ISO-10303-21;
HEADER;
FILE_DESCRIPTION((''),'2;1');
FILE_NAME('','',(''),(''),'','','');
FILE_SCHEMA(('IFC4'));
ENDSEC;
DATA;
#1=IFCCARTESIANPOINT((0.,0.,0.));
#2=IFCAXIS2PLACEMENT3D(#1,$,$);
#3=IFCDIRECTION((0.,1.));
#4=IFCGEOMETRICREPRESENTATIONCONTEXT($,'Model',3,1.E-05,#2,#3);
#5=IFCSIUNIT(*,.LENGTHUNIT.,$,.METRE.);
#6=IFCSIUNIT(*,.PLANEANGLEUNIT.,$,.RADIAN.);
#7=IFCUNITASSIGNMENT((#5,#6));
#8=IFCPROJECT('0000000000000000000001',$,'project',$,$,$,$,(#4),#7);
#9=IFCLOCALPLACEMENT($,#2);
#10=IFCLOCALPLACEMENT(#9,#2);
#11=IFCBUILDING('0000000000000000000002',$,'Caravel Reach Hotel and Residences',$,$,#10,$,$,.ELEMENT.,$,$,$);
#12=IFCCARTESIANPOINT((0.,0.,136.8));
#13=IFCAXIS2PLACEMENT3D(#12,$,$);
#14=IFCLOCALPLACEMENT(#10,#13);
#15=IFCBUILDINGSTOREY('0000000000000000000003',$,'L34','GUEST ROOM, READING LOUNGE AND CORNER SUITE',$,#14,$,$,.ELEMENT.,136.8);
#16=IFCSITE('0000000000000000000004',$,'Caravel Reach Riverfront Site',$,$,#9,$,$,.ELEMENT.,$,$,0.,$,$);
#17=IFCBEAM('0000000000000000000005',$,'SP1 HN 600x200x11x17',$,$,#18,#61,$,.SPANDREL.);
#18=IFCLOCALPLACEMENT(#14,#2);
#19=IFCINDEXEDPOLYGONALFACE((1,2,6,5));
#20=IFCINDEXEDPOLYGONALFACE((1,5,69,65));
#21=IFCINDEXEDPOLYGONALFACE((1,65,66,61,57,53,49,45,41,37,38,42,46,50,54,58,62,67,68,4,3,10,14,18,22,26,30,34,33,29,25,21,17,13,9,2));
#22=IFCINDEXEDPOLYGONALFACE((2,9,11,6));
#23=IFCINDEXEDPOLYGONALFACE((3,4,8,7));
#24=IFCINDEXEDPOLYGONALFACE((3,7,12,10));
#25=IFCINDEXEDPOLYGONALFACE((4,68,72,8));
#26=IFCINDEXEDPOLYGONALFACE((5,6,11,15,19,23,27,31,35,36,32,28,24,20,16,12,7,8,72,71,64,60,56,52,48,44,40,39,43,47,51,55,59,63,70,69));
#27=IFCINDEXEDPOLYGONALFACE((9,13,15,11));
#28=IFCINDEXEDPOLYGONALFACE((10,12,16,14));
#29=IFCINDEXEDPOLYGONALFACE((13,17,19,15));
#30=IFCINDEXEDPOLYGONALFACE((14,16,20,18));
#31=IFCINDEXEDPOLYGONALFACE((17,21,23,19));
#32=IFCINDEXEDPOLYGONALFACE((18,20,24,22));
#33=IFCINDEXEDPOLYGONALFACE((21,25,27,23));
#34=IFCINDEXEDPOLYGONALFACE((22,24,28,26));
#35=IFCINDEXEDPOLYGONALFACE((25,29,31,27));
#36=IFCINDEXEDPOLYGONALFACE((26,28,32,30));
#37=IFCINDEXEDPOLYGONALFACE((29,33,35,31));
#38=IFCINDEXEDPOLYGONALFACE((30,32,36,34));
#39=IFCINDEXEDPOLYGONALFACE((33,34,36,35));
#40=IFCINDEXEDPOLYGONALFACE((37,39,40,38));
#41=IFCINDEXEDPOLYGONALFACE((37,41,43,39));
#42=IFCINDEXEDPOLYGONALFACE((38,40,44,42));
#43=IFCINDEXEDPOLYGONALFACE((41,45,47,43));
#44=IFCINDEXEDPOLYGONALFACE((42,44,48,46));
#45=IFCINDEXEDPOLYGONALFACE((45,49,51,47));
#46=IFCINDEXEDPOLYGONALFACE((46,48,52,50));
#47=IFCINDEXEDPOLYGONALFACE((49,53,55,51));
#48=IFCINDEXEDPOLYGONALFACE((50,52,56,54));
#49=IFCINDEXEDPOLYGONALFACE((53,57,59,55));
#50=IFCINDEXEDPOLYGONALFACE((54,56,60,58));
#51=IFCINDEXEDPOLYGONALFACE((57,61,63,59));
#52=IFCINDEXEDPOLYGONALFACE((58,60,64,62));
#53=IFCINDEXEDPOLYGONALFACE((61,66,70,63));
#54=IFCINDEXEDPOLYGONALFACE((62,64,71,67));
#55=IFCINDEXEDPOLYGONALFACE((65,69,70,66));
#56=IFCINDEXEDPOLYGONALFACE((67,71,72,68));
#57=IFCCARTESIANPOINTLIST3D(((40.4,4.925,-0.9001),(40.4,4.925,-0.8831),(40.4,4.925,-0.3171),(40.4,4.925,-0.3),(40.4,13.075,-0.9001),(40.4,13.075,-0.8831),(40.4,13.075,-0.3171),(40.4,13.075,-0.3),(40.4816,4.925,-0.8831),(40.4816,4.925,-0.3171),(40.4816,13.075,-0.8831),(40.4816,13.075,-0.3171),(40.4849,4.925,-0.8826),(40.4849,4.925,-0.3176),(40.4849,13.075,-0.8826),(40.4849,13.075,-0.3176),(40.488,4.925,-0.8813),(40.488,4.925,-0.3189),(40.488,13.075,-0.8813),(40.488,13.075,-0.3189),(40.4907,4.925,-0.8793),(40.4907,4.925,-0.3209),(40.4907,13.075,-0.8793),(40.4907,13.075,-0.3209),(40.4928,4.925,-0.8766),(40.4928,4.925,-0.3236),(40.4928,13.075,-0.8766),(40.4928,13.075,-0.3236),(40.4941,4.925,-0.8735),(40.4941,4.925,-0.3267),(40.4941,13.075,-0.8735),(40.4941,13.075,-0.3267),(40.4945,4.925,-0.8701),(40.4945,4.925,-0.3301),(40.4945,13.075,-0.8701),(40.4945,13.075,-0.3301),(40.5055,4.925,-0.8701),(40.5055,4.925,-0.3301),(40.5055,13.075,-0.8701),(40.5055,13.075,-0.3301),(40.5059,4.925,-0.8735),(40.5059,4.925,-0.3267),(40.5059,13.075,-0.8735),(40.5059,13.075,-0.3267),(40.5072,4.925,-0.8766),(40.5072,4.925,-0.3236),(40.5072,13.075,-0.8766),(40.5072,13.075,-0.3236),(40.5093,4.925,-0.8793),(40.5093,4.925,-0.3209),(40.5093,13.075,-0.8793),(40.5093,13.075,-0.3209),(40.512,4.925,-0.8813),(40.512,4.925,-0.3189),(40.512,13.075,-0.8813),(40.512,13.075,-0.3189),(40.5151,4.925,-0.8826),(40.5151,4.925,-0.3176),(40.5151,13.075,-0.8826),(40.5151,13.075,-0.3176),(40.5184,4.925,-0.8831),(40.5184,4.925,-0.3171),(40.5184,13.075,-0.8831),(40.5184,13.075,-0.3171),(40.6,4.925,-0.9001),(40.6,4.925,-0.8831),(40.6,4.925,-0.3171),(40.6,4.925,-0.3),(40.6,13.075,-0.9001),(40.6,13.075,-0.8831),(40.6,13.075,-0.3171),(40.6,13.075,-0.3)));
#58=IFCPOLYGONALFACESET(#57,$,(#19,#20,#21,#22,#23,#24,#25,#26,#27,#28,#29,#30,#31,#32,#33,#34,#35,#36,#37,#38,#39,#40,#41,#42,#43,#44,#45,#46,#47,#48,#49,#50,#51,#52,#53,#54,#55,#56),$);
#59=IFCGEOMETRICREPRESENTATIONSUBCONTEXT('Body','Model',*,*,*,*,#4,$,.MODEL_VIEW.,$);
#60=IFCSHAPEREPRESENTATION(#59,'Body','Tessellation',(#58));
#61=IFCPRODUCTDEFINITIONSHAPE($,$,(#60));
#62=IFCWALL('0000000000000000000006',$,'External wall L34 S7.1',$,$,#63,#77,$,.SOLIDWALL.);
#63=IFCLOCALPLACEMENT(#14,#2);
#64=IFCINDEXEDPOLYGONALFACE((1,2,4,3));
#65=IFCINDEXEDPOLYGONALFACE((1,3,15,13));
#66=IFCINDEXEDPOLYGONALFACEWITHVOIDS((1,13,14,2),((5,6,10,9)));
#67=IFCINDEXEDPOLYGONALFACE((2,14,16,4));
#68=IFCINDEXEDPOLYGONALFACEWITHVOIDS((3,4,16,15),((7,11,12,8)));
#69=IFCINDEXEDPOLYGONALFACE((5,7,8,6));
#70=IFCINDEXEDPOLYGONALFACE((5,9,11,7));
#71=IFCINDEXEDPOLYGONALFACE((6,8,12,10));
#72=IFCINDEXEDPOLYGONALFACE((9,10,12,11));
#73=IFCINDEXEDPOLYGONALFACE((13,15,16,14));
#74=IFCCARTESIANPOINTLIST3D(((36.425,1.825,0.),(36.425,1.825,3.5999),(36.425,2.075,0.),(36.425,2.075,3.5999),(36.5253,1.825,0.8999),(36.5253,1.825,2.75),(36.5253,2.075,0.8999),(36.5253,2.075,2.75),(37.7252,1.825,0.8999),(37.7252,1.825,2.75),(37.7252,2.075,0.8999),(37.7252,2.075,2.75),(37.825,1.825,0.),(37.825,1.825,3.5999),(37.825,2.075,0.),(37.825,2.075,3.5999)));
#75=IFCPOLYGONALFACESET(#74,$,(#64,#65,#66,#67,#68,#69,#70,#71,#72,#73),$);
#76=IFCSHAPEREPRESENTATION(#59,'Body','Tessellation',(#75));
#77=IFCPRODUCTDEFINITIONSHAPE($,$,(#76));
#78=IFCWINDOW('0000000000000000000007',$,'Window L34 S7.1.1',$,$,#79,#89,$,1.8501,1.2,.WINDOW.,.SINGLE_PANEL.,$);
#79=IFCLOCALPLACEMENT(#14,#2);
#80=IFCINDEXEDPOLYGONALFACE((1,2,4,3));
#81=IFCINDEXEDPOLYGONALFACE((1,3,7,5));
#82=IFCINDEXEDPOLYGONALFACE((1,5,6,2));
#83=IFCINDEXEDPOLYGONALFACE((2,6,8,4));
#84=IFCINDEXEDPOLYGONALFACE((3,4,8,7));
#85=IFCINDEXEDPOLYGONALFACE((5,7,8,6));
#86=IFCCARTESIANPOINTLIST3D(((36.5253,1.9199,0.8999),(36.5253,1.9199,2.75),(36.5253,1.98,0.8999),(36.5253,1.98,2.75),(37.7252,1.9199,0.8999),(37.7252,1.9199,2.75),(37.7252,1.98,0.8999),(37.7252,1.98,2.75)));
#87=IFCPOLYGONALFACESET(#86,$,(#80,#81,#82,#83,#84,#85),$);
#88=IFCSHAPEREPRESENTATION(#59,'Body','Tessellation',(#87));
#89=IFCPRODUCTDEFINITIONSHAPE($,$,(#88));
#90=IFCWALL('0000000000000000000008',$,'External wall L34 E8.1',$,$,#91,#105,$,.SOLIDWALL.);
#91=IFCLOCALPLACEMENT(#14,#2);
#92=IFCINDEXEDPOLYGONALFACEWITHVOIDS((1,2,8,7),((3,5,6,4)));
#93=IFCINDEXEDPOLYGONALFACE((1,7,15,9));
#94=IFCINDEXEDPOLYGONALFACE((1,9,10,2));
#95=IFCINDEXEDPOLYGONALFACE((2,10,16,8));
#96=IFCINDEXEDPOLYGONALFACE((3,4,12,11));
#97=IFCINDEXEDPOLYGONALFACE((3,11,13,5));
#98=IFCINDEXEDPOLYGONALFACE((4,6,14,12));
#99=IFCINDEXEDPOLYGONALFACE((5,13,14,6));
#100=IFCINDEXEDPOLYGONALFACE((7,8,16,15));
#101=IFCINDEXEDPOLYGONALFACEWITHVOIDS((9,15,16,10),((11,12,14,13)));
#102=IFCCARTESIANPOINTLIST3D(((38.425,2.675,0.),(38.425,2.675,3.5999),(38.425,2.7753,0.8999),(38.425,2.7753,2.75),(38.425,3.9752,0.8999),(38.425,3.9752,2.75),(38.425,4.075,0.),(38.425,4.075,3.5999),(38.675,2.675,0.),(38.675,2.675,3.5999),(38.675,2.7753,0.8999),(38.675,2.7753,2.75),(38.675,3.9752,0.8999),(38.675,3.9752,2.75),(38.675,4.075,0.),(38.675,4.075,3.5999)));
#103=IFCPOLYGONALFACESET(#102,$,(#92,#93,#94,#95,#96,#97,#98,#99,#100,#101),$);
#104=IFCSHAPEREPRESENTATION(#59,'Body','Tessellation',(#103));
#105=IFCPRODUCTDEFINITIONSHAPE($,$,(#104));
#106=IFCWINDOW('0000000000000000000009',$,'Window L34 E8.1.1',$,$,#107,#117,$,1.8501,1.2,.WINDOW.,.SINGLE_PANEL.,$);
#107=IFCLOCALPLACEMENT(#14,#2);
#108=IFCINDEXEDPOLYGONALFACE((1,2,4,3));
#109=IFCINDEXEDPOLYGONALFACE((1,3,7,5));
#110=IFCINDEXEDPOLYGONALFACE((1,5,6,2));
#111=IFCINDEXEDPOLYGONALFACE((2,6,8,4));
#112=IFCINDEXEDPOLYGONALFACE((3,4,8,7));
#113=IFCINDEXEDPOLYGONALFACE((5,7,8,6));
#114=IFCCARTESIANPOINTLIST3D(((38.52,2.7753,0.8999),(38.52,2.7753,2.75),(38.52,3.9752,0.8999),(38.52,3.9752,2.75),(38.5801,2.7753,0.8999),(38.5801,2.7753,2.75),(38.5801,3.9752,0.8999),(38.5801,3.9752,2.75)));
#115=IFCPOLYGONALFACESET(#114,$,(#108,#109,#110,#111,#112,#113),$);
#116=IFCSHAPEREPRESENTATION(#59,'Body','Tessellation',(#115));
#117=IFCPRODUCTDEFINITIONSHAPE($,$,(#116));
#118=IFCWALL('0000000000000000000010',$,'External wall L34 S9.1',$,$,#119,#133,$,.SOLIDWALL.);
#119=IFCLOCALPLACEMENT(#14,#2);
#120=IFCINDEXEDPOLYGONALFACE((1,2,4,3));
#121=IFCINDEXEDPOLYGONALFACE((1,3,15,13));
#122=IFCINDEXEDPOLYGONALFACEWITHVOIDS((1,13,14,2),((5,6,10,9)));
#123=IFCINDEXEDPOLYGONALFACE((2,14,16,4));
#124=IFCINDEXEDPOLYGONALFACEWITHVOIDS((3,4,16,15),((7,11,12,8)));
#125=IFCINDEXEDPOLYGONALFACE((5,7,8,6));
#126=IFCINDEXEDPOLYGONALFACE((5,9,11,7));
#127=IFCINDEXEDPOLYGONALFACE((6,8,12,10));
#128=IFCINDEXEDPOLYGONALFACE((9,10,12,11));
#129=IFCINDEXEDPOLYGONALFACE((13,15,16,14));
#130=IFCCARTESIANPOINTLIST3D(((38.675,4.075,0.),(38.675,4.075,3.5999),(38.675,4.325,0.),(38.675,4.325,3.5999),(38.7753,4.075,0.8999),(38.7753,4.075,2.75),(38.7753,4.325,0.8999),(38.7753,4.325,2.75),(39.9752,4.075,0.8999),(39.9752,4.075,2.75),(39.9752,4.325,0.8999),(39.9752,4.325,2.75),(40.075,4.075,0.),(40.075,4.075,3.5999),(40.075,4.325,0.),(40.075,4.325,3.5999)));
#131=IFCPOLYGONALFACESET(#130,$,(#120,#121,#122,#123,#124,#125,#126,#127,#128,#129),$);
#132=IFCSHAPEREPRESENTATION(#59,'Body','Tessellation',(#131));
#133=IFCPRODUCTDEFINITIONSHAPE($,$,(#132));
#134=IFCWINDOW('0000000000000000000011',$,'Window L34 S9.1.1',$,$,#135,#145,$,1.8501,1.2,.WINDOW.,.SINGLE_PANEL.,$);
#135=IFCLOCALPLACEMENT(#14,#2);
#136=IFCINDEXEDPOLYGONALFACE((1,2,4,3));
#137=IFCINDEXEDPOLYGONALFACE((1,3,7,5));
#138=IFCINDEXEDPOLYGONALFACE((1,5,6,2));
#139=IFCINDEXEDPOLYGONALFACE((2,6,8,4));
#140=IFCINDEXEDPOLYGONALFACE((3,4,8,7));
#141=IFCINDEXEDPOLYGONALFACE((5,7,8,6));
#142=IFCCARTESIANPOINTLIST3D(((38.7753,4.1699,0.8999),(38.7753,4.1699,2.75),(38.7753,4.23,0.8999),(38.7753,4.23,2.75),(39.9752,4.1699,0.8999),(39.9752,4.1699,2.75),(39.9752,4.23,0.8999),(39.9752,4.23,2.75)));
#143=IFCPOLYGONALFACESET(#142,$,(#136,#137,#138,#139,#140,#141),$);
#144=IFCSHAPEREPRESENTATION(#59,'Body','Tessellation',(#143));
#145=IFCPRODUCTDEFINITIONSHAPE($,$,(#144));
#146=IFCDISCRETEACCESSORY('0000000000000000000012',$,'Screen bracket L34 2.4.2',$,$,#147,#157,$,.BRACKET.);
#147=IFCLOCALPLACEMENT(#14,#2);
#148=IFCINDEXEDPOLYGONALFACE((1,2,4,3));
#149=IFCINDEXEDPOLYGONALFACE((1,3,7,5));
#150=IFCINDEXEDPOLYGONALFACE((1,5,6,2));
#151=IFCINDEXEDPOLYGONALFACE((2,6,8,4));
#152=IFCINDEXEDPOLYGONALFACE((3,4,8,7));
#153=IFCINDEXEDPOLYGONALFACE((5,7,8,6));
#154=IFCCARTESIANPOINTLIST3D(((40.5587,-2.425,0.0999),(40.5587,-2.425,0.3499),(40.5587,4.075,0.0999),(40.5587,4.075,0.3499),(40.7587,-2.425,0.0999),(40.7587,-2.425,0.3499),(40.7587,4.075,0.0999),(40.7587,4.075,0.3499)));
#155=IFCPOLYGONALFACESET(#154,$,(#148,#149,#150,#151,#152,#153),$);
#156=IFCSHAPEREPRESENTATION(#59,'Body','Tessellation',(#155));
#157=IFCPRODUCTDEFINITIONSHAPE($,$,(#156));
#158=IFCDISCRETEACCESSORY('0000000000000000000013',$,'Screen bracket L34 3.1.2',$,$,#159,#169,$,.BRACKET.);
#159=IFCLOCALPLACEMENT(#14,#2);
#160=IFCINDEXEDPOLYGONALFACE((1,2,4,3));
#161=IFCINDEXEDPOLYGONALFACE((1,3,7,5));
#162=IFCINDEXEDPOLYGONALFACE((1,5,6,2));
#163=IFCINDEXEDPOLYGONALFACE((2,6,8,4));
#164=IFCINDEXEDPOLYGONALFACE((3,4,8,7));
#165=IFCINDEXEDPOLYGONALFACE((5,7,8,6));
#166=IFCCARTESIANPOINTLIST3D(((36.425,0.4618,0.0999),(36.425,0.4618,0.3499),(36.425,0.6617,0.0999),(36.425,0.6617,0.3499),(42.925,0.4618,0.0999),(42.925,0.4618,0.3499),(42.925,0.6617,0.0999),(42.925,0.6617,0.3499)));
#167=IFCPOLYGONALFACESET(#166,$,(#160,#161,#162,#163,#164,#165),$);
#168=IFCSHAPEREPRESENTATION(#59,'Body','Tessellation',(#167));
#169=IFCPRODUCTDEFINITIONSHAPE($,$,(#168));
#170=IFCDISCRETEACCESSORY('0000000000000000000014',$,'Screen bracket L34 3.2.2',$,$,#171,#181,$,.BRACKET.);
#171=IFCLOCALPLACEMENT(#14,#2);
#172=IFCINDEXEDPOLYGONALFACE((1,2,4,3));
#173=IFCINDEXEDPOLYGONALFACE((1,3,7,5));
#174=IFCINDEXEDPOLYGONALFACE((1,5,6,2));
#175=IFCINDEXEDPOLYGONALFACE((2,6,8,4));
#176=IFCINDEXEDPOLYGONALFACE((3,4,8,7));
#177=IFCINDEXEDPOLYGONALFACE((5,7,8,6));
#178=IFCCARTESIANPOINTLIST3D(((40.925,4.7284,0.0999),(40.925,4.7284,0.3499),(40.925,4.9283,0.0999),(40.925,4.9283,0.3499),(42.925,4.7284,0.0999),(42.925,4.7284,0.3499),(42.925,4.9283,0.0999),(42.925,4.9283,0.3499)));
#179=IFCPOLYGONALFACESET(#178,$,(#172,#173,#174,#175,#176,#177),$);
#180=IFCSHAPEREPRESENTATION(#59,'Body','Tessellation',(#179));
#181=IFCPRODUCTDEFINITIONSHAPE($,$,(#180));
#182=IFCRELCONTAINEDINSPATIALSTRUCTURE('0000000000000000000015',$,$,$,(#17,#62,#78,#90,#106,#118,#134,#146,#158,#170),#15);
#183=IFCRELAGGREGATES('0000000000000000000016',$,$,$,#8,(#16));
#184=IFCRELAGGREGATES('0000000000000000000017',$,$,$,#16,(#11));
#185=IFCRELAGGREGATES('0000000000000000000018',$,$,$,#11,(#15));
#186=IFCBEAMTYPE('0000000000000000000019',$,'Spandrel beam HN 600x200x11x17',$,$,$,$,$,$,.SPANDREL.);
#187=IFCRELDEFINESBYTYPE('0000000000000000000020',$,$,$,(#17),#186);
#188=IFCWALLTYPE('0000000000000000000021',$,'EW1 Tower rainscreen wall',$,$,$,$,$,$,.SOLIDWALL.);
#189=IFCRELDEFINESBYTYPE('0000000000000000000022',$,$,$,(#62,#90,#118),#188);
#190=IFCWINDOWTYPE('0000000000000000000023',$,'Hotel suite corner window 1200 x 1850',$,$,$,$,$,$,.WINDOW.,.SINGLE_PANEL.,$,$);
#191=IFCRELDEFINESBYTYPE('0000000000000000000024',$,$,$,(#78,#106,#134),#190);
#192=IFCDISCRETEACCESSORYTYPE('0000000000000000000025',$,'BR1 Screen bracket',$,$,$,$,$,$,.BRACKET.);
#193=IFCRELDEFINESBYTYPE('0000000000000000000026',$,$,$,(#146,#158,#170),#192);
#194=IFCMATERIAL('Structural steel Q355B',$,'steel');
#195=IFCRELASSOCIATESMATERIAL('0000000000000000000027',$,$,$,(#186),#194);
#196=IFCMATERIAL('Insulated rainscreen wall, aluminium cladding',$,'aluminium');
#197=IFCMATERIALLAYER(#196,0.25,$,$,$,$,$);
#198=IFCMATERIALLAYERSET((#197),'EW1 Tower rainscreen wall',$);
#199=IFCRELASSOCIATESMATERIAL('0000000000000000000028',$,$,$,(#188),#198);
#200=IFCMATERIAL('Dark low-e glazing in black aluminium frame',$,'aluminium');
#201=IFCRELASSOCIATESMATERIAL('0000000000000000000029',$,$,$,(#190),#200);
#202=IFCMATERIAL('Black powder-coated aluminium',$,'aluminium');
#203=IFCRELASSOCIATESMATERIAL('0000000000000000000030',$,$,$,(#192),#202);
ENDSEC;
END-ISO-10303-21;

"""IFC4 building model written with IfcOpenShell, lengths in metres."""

from ifc_helpers import new_model, si_unit, direction, frame, frame_2d, origin, origin_2d, place, context, subcontext, project, spatial, rectangle, i_section, extrude, material, layer, layer_set, material_profile, profile_set, type_object, element, fill, save


model = new_model("IFC4")

# Units and contexts
model_context = context("Model", 3, precision=1e-05, world=origin(), true_north=direction((0.0, 1.0)))
body_context = subcontext(model_context, "Body", "Model", "MODEL_VIEW")
ifc_project = project(units=[si_unit("LENGTHUNIT", "METRE"), si_unit("PLANEANGLEUNIT", "RADIAN")], contexts=[model_context])

# Site, building, storey
site_placement = place(None, origin())
site = spatial("IfcSite", under=ifc_project, at=site_placement, Name="Caravel Reach Riverfront Site", CompositionType="ELEMENT", RefElevation=0.0)
building_placement = place(site_placement, origin())
building = spatial("IfcBuilding", under=site, at=building_placement, Name="Caravel Reach Hotel and Residences", CompositionType="ELEMENT")
storey_placement = place(building_placement, frame((0.0, 0.0, 136.8)))
storey = spatial("IfcBuildingStorey", under=building, at=storey_placement, Name="L34", Description="GUEST ROOM, READING LOUNGE AND CORNER SUITE", CompositionType="ELEMENT", Elevation=136.8)

# Beam
ifc_material_1 = material(Name="Structural steel Q355B", Category="steel")
ifc_material_profile_1 = material_profile(ifc_material_1, i_section(OverallWidth=0.2, OverallDepth=0.6001, WebThickness=0.011, FlangeThickness=0.0171, FilletRadius=0.0129, at=origin_2d()), Name="HN 600x200x11x17")
ifc_profile_set_1 = profile_set([ifc_material_profile_1], Name="Structural steel Q355B")
beam_type = type_object("IfcBeamType", Name="Spandrel beam HN 600x200x11x17", PredefinedType="SPANDREL", material=ifc_profile_set_1)
beam_placement = place(storey_placement, frame((40.5, 4.925, -0.6001), z_axis=(0.0, 1.0, 0.0), x_axis=(-1.0, 0.0, 0.0)))
element("IfcBeam", 1, at=beam_placement, inside=storey, type_object=beam_type, Name="SP1 HN 600x200x11x17", PredefinedType="SPANDREL", context=body_context, shape_type="SweptSolid", body=[
    extrude(i_section(OverallWidth=0.2, OverallDepth=0.6001, WebThickness=0.011, FlangeThickness=0.0171, FilletRadius=0.0129, at=origin_2d()), origin(), (0.0, 0.0, 1.0), 8.1499),
])

# Walls, openings, windows
ifc_material_2 = material(Name="Insulated rainscreen wall, aluminium cladding", Category="aluminium")
ifc_layer = layer(ifc_material_2, 0.25)
ifc_layer_set = layer_set([ifc_layer], Name="EW1 Tower rainscreen wall")
wall_type = type_object("IfcWallType", Name="EW1 Tower rainscreen wall", PredefinedType="SOLIDWALL", material=ifc_layer_set)
wall_1_placement = place(storey_placement, frame((36.425, 1.95, 0.0), z_axis=(0.0, 0.0, 1.0), x_axis=(1.0, 0.0, 0.0)))
wall_1 = element("IfcWall", 2, at=wall_1_placement, inside=storey, type_object=wall_type, Name="External wall L34 S7.1", PredefinedType="SOLIDWALL", context=body_context, shape_type="SweptSolid", body=[
    extrude(rectangle(XDim=1.3999, YDim=0.25, at=frame_2d((0.7, 0.0))), origin(), (0.0, 0.0, 1.0), 3.5999),
])
opening_1_placement = place(wall_1_placement, frame((0.1001, 0.0, 0.8999)))
opening_1 = element("IfcOpeningElement", 3, at=opening_1_placement, cuts=wall_1, PredefinedType="OPENING", context=body_context, shape_type="SweptSolid", body=[
    extrude(rectangle(XDim=1.2, YDim=1.8501, at=frame_2d((0.6001, 0.925))), frame((0.0, 0.135, 0.0), z_axis=(0.0, -1.0, 0.0), x_axis=(1.0, 0.0, 0.0)), (0.0, 0.0, 1.0), 0.27),
])
ifc_material_3 = material(Name="Dark low-e glazing in black aluminium frame", Category="aluminium")
window_type = type_object("IfcWindowType", Name="Hotel suite corner window 1200 x 1850", PartitioningType="SINGLE_PANEL", PredefinedType="WINDOW", material=ifc_material_3)
window_1_placement = place(opening_1_placement, origin())
window_1 = element("IfcWindow", 4, at=window_1_placement, inside=storey, type_object=window_type, Name="Window L34 S7.1.1", OverallHeight=1.8501, OverallWidth=1.2, PartitioningType="SINGLE_PANEL", PredefinedType="WINDOW", context=body_context, shape_type="SweptSolid", body=[
    extrude(rectangle(XDim=1.2, YDim=1.8501, at=frame_2d((0.6001, 0.925))), frame((0.0, 0.03, 0.0), z_axis=(0.0, -1.0, 0.0), x_axis=(1.0, 0.0, 0.0)), (0.0, 0.0, 1.0), 0.0601),
])
fill(opening_1, window_1)
wall_2_placement = place(storey_placement, frame((38.55, 2.675, 0.0), z_axis=(0.0, 0.0, 1.0), x_axis=(0.0, 1.0, 0.0)))
wall_2 = element("IfcWall", 5, at=wall_2_placement, inside=storey, type_object=wall_type, Name="External wall L34 E8.1", PredefinedType="SOLIDWALL", context=body_context, shape_type="SweptSolid", body=[
    extrude(rectangle(XDim=1.3999, YDim=0.25, at=frame_2d((0.7, 0.0))), origin(), (0.0, 0.0, 1.0), 3.5999),
])
opening_2_placement = place(wall_2_placement, frame((0.1001, 0.0, 0.8999)))
opening_2 = element("IfcOpeningElement", 6, at=opening_2_placement, cuts=wall_2, PredefinedType="OPENING", context=body_context, shape_type="SweptSolid", body=[
    extrude(rectangle(XDim=1.2, YDim=1.8501, at=frame_2d((0.6001, 0.925))), frame((0.0, 0.135, 0.0), z_axis=(0.0, -1.0, 0.0), x_axis=(1.0, 0.0, 0.0)), (0.0, 0.0, 1.0), 0.27),
])
window_2_placement = place(opening_2_placement, origin())
window_2 = element("IfcWindow", 7, at=window_2_placement, inside=storey, type_object=window_type, Name="Window L34 E8.1.1", OverallHeight=1.8501, OverallWidth=1.2, PartitioningType="SINGLE_PANEL", PredefinedType="WINDOW", context=body_context, shape_type="SweptSolid", body=[
    extrude(rectangle(XDim=1.2, YDim=1.8501, at=frame_2d((0.6001, 0.925))), frame((0.0, 0.03, 0.0), z_axis=(0.0, -1.0, 0.0), x_axis=(1.0, 0.0, 0.0)), (0.0, 0.0, 1.0), 0.0601),
])
fill(opening_2, window_2)
wall_3_placement = place(storey_placement, frame((38.675, 4.2, 0.0), z_axis=(0.0, 0.0, 1.0), x_axis=(1.0, 0.0, 0.0)))
wall_3 = element("IfcWall", 8, at=wall_3_placement, inside=storey, type_object=wall_type, Name="External wall L34 S9.1", PredefinedType="SOLIDWALL", context=body_context, shape_type="SweptSolid", body=[
    extrude(rectangle(XDim=1.3999, YDim=0.25, at=frame_2d((0.7, 0.0))), origin(), (0.0, 0.0, 1.0), 3.5999),
])
opening_3_placement = place(wall_3_placement, frame((0.1001, 0.0, 0.8999)))
opening_3 = element("IfcOpeningElement", 9, at=opening_3_placement, cuts=wall_3, PredefinedType="OPENING", context=body_context, shape_type="SweptSolid", body=[
    extrude(rectangle(XDim=1.2, YDim=1.8501, at=frame_2d((0.6001, 0.925))), frame((0.0, 0.135, 0.0), z_axis=(0.0, -1.0, 0.0), x_axis=(1.0, 0.0, 0.0)), (0.0, 0.0, 1.0), 0.27),
])
window_3_placement = place(opening_3_placement, origin())
window_3 = element("IfcWindow", 10, at=window_3_placement, inside=storey, type_object=window_type, Name="Window L34 S9.1.1", OverallHeight=1.8501, OverallWidth=1.2, PartitioningType="SINGLE_PANEL", PredefinedType="WINDOW", context=body_context, shape_type="SweptSolid", body=[
    extrude(rectangle(XDim=1.2, YDim=1.8501, at=frame_2d((0.6001, 0.925))), frame((0.0, 0.03, 0.0), z_axis=(0.0, -1.0, 0.0), x_axis=(1.0, 0.0, 0.0)), (0.0, 0.0, 1.0), 0.0601),
])
fill(opening_3, window_3)

# Discrete accessories
ifc_material_4 = material(Name="Black powder-coated aluminium", Category="aluminium")
discrete_accessory_type = type_object("IfcDiscreteAccessoryType", Name="BR1 Screen bracket", PredefinedType="BRACKET", material=ifc_material_4)
for number, where, z_axis, x_axis, name in (
    (11, (40.6587, 0.825, 0.0999), (0.0, 0.0, 1.0), (0.0, -1.0, 0.0), "Screen bracket L34 2.4.2"),
    (12, (39.675, 0.5618, 0.0999), (0.0, 0.0, 1.0), (1.0, 0.0, 0.0), "Screen bracket L34 3.1.2"),
):
    element("IfcDiscreteAccessory", number, at=place(storey_placement, frame(where, z_axis=z_axis, x_axis=x_axis)), inside=storey, type_object=discrete_accessory_type, Name=name, PredefinedType="BRACKET", context=body_context, shape_type="SweptSolid", body=[
        extrude(rectangle(XDim=6.5, YDim=0.2, at=origin_2d()), origin(), (0.0, 0.0, 1.0), 0.25),
    ])
discrete_accessory_placement = place(storey_placement, frame((41.925, 4.8284, 0.0999), z_axis=(0.0, 0.0, 1.0), x_axis=(1.0, 0.0, 0.0)))
element("IfcDiscreteAccessory", 13, at=discrete_accessory_placement, inside=storey, type_object=discrete_accessory_type, Name="Screen bracket L34 3.2.2", PredefinedType="BRACKET", context=body_context, shape_type="SweptSolid", body=[
    extrude(rectangle(XDim=2.0, YDim=0.2, at=origin_2d()), origin(), (0.0, 0.0, 1.0), 0.25),
])

save(model, "model.ifc")
